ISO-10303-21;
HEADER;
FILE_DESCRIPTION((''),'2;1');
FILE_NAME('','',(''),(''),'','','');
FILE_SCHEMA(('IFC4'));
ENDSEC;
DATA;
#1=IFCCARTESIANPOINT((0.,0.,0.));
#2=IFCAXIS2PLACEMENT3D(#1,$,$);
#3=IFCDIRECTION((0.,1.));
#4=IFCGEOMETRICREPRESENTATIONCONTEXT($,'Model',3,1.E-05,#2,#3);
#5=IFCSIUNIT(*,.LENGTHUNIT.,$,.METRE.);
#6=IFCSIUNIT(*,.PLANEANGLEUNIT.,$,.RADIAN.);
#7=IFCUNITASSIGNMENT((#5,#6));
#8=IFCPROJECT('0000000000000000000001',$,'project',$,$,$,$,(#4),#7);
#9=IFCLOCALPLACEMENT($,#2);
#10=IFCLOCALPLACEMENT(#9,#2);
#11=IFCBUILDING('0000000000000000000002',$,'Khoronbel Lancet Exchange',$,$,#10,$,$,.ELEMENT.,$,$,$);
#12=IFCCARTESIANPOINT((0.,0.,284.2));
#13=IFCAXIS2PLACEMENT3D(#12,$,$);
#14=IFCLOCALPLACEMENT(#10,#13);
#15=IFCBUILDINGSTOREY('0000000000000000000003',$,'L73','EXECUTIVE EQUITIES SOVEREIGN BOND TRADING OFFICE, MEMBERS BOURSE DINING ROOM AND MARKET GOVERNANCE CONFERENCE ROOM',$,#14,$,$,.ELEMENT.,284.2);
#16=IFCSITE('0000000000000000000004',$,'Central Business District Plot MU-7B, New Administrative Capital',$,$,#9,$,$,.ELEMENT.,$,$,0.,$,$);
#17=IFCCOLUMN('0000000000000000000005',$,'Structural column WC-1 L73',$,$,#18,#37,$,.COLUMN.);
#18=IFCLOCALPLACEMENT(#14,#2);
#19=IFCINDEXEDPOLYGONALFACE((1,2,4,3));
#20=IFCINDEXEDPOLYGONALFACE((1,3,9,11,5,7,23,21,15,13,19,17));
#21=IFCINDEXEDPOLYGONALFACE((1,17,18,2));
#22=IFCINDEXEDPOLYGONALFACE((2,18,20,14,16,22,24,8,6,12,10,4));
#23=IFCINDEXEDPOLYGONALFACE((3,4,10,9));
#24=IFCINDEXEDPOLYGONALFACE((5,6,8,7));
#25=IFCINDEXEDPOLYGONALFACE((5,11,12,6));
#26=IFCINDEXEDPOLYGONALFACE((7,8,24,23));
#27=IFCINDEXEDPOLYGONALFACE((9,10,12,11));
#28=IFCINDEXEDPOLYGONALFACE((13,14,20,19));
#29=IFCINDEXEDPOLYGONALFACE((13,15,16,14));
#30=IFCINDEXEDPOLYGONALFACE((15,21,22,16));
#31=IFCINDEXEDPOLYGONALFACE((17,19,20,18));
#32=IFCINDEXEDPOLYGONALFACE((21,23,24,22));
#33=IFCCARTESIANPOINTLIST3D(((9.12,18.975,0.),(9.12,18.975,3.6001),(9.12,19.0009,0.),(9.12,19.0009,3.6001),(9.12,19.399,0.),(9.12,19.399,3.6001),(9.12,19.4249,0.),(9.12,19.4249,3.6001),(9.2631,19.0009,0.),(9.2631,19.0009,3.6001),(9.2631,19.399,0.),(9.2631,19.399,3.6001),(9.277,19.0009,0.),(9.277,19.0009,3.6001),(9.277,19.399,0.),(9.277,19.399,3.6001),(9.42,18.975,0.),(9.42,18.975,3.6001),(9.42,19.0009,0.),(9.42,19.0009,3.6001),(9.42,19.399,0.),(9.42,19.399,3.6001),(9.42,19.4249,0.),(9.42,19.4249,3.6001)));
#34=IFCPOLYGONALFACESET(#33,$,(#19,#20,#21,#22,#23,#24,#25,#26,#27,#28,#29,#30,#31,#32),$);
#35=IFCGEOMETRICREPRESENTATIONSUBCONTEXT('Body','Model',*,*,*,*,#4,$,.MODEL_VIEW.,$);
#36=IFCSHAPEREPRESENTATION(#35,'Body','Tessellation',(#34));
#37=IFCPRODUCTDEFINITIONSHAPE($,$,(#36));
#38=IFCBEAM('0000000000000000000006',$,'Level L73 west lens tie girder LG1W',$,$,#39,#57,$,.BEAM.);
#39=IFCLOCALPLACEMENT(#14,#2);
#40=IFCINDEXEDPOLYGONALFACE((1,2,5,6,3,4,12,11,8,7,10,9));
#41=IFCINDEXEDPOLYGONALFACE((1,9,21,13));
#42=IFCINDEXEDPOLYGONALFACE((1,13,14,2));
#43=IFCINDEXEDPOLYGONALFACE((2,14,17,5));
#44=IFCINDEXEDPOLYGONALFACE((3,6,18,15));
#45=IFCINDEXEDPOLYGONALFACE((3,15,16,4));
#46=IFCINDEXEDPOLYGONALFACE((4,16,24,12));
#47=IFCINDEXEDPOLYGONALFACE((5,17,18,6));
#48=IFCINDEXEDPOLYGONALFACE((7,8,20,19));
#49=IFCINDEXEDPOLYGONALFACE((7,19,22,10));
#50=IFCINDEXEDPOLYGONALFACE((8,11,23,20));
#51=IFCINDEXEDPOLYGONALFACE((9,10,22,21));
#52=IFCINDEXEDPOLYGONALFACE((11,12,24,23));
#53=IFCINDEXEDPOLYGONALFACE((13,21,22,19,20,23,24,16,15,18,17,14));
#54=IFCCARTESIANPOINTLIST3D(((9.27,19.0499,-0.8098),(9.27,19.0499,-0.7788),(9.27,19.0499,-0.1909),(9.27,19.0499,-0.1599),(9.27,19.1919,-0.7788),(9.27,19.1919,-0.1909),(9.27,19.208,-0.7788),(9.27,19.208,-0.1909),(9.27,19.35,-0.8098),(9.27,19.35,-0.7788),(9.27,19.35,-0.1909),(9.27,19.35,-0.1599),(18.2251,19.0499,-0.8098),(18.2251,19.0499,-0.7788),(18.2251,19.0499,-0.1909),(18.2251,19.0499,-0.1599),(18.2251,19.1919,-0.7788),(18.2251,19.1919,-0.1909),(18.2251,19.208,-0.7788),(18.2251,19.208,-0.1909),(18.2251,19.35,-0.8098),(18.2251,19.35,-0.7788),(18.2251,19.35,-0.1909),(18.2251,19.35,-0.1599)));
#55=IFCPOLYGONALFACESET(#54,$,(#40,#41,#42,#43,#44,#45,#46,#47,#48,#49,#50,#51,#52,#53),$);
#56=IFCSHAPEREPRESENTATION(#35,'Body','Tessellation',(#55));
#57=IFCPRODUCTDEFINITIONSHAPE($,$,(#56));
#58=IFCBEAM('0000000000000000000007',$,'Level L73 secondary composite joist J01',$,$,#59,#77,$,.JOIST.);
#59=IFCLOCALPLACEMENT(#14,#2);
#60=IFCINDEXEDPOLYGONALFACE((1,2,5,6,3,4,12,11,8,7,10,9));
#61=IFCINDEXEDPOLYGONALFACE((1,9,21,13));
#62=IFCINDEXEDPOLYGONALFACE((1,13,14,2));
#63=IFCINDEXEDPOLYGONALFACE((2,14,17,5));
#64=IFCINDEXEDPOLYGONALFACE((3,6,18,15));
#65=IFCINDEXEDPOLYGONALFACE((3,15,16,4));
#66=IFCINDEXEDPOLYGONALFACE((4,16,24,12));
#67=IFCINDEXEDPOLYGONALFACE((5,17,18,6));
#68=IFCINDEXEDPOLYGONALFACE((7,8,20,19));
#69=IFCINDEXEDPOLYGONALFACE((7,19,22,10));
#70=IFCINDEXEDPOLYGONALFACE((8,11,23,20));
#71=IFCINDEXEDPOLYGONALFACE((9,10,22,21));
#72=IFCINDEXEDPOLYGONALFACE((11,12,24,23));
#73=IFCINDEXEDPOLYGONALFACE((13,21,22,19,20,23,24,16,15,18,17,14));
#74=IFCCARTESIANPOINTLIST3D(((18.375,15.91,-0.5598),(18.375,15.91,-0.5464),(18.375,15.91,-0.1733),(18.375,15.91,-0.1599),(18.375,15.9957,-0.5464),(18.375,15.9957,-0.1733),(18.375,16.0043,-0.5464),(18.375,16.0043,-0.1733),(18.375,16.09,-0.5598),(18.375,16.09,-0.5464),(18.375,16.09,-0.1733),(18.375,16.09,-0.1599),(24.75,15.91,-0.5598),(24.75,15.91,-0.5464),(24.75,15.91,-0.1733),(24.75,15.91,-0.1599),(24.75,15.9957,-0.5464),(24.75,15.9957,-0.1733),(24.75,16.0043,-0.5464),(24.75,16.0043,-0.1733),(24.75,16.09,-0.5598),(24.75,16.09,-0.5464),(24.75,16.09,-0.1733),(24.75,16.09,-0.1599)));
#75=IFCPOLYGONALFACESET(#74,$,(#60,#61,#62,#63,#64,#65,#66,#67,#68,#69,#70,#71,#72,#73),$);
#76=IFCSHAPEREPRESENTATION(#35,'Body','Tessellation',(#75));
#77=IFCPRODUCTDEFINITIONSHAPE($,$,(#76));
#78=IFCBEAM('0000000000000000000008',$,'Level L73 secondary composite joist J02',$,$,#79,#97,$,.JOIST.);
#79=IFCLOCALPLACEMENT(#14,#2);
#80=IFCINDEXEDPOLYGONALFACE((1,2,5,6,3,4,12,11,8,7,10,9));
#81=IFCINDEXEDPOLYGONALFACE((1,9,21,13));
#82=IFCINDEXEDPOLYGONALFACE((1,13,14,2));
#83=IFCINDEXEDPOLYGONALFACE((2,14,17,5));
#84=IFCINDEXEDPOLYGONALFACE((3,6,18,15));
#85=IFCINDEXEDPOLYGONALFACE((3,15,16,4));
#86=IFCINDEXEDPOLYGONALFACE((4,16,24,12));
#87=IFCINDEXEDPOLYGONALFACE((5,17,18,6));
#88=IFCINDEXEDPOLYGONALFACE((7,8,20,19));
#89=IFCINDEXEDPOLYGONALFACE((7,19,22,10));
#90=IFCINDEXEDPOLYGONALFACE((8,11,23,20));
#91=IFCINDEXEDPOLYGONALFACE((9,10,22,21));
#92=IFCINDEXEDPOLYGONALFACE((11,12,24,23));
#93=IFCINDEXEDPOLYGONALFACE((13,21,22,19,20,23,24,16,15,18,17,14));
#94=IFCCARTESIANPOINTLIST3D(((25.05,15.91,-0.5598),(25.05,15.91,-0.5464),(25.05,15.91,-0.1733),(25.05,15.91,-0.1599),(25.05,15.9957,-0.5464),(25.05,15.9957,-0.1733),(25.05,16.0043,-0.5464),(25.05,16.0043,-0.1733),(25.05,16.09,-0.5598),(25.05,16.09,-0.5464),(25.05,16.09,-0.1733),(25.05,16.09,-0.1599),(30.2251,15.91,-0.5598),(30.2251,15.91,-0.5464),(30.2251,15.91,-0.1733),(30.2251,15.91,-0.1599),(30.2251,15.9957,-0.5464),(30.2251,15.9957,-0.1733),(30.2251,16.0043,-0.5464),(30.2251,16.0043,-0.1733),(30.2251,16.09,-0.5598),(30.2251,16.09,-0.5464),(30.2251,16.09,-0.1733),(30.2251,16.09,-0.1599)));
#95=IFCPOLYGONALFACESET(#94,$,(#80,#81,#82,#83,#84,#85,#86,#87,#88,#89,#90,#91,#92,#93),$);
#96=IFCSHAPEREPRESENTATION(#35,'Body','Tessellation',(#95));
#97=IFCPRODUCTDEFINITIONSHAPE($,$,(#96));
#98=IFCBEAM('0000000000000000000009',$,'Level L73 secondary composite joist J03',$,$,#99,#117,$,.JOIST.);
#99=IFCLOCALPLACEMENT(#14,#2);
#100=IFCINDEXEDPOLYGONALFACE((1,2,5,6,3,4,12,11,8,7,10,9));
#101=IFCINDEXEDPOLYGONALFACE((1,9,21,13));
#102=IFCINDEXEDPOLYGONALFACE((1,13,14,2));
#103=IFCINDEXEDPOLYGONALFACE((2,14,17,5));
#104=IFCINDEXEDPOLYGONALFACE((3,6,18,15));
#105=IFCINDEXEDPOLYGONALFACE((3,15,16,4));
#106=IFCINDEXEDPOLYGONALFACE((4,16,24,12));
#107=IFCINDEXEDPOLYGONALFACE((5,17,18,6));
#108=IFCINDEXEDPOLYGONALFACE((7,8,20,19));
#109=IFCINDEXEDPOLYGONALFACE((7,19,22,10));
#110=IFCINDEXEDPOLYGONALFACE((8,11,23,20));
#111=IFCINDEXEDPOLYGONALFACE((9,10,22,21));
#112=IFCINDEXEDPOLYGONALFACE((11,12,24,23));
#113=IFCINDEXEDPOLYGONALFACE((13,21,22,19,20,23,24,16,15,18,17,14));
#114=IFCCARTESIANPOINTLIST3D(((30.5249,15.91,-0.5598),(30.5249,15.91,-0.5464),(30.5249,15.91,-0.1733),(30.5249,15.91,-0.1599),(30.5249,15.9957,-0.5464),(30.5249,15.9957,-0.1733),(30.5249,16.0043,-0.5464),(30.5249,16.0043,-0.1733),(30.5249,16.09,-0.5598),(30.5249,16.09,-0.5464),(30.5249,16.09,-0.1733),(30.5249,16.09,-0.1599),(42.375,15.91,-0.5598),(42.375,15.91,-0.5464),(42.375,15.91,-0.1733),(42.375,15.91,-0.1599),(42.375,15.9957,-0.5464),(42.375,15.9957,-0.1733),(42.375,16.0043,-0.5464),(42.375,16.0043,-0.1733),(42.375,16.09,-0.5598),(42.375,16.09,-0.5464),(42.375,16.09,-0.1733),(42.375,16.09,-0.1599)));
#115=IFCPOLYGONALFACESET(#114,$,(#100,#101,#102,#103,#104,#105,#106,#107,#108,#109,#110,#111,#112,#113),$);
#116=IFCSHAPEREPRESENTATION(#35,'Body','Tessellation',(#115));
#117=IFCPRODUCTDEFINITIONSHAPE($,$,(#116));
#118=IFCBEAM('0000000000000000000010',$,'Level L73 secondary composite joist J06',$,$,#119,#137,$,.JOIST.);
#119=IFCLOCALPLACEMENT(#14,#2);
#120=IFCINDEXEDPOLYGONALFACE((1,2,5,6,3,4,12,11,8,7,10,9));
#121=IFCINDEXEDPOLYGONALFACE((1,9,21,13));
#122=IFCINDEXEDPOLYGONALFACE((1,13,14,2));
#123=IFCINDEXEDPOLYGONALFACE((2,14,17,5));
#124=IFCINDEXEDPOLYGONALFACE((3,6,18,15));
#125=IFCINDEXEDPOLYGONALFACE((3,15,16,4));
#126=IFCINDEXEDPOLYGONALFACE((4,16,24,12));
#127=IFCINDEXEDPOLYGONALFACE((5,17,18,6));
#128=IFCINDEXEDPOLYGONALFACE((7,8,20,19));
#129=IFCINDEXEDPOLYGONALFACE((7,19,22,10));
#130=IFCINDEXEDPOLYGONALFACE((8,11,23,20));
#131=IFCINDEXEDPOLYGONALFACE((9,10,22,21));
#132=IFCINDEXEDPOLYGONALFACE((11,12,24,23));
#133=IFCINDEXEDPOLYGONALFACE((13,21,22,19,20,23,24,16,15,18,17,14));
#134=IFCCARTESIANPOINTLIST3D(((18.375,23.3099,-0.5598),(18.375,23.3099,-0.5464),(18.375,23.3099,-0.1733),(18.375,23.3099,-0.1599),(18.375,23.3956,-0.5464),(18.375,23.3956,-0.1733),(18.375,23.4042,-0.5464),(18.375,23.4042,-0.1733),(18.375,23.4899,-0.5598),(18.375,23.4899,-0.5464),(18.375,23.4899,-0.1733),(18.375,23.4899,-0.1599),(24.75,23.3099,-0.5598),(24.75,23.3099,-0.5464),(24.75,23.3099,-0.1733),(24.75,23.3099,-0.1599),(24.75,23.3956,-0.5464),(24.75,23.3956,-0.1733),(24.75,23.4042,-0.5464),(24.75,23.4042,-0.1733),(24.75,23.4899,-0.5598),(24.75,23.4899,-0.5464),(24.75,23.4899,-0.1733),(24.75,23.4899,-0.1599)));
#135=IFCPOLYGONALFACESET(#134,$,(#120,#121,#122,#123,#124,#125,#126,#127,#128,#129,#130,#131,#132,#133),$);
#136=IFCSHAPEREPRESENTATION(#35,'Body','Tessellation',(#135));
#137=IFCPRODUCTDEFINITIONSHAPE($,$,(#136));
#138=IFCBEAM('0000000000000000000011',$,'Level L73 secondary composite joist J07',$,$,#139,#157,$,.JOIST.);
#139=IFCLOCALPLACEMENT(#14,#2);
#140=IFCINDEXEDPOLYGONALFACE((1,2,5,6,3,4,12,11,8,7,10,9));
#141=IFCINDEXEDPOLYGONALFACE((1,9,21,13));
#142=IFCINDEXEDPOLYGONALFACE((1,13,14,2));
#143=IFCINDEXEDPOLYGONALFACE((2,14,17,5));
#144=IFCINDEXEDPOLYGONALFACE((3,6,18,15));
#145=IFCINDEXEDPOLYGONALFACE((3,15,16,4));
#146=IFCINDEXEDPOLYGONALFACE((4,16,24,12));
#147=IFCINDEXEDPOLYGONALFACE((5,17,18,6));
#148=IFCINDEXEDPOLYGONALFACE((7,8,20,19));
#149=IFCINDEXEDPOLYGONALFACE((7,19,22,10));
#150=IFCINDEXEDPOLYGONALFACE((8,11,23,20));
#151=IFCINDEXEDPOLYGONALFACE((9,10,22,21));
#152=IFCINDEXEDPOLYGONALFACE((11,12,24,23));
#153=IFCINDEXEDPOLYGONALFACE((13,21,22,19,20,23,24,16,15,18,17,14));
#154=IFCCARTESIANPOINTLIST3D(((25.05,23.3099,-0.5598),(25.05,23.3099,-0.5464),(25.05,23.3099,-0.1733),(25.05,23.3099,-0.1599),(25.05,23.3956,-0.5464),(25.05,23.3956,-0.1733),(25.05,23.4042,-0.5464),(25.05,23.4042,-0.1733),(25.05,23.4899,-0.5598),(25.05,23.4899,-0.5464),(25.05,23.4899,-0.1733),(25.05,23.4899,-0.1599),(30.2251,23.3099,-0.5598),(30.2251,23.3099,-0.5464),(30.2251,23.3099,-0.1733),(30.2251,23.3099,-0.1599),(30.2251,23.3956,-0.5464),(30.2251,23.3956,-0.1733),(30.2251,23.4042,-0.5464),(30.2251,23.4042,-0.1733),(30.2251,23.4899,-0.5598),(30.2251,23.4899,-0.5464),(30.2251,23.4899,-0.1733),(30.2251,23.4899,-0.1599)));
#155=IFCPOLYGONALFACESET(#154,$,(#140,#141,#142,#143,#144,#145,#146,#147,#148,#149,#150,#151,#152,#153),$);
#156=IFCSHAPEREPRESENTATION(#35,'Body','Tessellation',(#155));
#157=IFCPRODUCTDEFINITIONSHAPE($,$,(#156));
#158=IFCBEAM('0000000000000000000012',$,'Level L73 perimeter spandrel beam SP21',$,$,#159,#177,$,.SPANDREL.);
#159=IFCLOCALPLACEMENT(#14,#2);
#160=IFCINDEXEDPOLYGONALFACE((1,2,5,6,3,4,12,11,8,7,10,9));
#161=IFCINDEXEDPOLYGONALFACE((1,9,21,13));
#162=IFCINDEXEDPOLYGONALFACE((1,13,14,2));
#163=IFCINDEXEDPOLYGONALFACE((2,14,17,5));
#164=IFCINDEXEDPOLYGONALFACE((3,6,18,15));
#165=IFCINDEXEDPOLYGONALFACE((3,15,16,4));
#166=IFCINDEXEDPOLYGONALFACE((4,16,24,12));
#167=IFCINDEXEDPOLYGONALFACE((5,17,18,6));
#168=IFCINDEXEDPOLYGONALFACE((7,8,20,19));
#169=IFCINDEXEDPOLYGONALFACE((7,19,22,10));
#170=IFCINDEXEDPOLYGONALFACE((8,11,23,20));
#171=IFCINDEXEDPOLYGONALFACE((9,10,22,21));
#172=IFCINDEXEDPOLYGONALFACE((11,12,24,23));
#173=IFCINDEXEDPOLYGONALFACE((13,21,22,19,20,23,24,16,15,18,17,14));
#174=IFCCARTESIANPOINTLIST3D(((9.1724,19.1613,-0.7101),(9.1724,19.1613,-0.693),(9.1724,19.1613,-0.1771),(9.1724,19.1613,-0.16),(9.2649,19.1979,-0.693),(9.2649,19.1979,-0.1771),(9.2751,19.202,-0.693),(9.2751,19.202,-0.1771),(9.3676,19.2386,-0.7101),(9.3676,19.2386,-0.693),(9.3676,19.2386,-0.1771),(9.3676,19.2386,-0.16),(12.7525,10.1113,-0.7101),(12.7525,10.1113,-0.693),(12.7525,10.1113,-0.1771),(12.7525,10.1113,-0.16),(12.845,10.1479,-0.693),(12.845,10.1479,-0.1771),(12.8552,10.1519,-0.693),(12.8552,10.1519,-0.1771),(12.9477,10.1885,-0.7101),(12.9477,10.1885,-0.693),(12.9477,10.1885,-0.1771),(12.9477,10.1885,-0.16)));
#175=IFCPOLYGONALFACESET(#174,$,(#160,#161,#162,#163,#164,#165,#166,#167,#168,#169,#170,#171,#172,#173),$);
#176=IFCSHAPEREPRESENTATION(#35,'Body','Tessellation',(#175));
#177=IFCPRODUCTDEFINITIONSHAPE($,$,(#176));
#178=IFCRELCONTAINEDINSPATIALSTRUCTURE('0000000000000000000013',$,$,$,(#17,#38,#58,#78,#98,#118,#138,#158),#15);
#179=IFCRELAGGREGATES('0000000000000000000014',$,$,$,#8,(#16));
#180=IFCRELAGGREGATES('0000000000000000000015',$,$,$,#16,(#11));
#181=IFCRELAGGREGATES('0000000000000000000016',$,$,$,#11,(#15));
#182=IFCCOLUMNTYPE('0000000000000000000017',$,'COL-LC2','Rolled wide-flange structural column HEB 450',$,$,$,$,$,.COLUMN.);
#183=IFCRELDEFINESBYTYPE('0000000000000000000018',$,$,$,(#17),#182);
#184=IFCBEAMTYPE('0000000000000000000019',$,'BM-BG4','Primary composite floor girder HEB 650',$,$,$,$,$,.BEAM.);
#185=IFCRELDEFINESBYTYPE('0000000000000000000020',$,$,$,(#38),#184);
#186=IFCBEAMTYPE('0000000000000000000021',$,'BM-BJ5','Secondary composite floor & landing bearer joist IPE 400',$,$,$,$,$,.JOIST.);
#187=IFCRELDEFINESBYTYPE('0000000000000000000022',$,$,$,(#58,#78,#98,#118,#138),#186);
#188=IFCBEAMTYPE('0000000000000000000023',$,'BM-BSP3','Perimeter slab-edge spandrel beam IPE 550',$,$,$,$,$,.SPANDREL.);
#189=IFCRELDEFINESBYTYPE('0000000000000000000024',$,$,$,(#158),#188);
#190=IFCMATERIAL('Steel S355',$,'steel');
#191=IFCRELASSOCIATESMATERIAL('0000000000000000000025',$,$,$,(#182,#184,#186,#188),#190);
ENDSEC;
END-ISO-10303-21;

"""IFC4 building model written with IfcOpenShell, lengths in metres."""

from ifc_helpers import new_model, si_unit, direction, frame, origin, origin_2d, place, context, subcontext, project, spatial, i_section, extrude, material, material_profile, profile_set, type_object, element, save


model = new_model("IFC4")

# Units and contexts
model_context = context("Model", 3, precision=1e-05, world=origin(), true_north=direction((0.0, 1.0)))
body_context = subcontext(model_context, "Body", "Model", "MODEL_VIEW")
ifc_project = project(units=[si_unit("LENGTHUNIT", "METRE"), si_unit("PLANEANGLEUNIT", "RADIAN")], contexts=[model_context])

# Site, building, storey
site_placement = place(None, origin())
site = spatial("IfcSite", under=ifc_project, at=site_placement, Name="Central Business District Plot MU-7B, New Administrative Capital", CompositionType="ELEMENT", RefElevation=0.0)
building_placement = place(site_placement, origin())
building = spatial("IfcBuilding", under=site, at=building_placement, Name="Khoronbel Lancet Exchange", CompositionType="ELEMENT")
storey_placement = place(building_placement, frame((0.0, 0.0, 284.2)))
storey = spatial("IfcBuildingStorey", under=building, at=storey_placement, Name="L73", Description="EXECUTIVE EQUITIES SOVEREIGN BOND TRADING OFFICE, MEMBERS BOURSE DINING ROOM AND MARKET GOVERNANCE CONFERENCE ROOM", CompositionType="ELEMENT", Elevation=284.2)

# Column
ifc_material_1 = material(Name="Steel S355", Category="steel")
ifc_material_profile_1 = material_profile(ifc_material_1, i_section(OverallWidth=0.3, OverallDepth=0.45, WebThickness=0.0139, FlangeThickness=0.0259, at=origin_2d()), Name="HEB 450")
ifc_profile_set_1 = profile_set([ifc_material_profile_1], Name="Steel S355")
column_type = type_object("IfcColumnType", Name="COL-LC2", Description="Rolled wide-flange structural column HEB 450", PredefinedType="COLUMN", material=ifc_profile_set_1)
column_placement = place(storey_placement, frame((9.27, 19.2, 0.0), z_axis=(0.0, 0.0, 1.0), x_axis=(1.0, 0.0, 0.0)))
element("IfcColumn", 1, at=column_placement, inside=storey, type_object=column_type, Name="Structural column WC-1 L73", PredefinedType="COLUMN", context=body_context, shape_type="SweptSolid", body=[
    extrude(i_section(OverallWidth=0.3, OverallDepth=0.45, WebThickness=0.0139, FlangeThickness=0.0259, at=origin_2d()), origin(), (0.0, 0.0, 1.0), 3.6001),
])

# Beams
ifc_material_profile_2 = material_profile(ifc_material_1, i_section(OverallWidth=0.3, OverallDepth=0.6499, WebThickness=0.0161, FlangeThickness=0.031, at=origin_2d()), Name="HEB 650")
ifc_profile_set_2 = profile_set([ifc_material_profile_2], Name="Steel S355")
beam_type_1 = type_object("IfcBeamType", Name="BM-BG4", Description="Primary composite floor girder HEB 650", PredefinedType="BEAM", material=ifc_profile_set_2)
beam_1_placement = place(storey_placement, frame((9.27, 19.2, -0.4849), z_axis=(1.0, 0.0, 0.0), x_axis=(0.0, 1.0, 0.0)))
element("IfcBeam", 2, at=beam_1_placement, inside=storey, type_object=beam_type_1, Name="Level L73 west lens tie girder LG1W", PredefinedType="BEAM", context=body_context, shape_type="SweptSolid", body=[
    extrude(i_section(OverallWidth=0.3, OverallDepth=0.6499, WebThickness=0.0161, FlangeThickness=0.031, at=origin_2d()), origin(), (0.0, 0.0, 1.0), 8.9551),
])
ifc_material_profile_3 = material_profile(ifc_material_1, i_section(OverallWidth=0.1799, OverallDepth=0.3999, WebThickness=0.0085, FlangeThickness=0.0134, at=origin_2d()), Name="IPE 400")
ifc_profile_set_3 = profile_set([ifc_material_profile_3], Name="Steel S355")
beam_type_2 = type_object("IfcBeamType", Name="BM-BJ5", Description="Secondary composite floor & landing bearer joist IPE 400", PredefinedType="JOIST", material=ifc_profile_set_3)
beam_2_placement = place(storey_placement, frame((18.375, 16.0, -0.3599), z_axis=(1.0, 0.0, 0.0), x_axis=(0.0, 1.0, 0.0)))
element("IfcBeam", 3, at=beam_2_placement, inside=storey, type_object=beam_type_2, Name="Level L73 secondary composite joist J01", PredefinedType="JOIST", context=body_context, shape_type="SweptSolid", body=[
    extrude(i_section(OverallWidth=0.1799, OverallDepth=0.3999, WebThickness=0.0085, FlangeThickness=0.0134, at=origin_2d()), origin(), (0.0, 0.0, 1.0), 6.375),
])
beam_3_placement = place(storey_placement, frame((25.05, 16.0, -0.3599), z_axis=(1.0, 0.0, 0.0), x_axis=(0.0, 1.0, 0.0)))
element("IfcBeam", 4, at=beam_3_placement, inside=storey, type_object=beam_type_2, Name="Level L73 secondary composite joist J02", PredefinedType="JOIST", context=body_context, shape_type="SweptSolid", body=[
    extrude(i_section(OverallWidth=0.1799, OverallDepth=0.3999, WebThickness=0.0085, FlangeThickness=0.0134, at=origin_2d()), origin(), (0.0, 0.0, 1.0), 5.175),
])
beam_4_placement = place(storey_placement, frame((30.5249, 16.0, -0.3599), z_axis=(1.0, 0.0, 0.0), x_axis=(0.0, 1.0, 0.0)))
element("IfcBeam", 5, at=beam_4_placement, inside=storey, type_object=beam_type_2, Name="Level L73 secondary composite joist J03", PredefinedType="JOIST", context=body_context, shape_type="SweptSolid", body=[
    extrude(i_section(OverallWidth=0.1799, OverallDepth=0.3999, WebThickness=0.0085, FlangeThickness=0.0134, at=origin_2d()), origin(), (0.0, 0.0, 1.0), 11.8501),
])
beam_5_placement = place(storey_placement, frame((18.375, 23.3999, -0.3599), z_axis=(1.0, 0.0, 0.0), x_axis=(0.0, 1.0, 0.0)))
element("IfcBeam", 6, at=beam_5_placement, inside=storey, type_object=beam_type_2, Name="Level L73 secondary composite joist J06", PredefinedType="JOIST", context=body_context, shape_type="SweptSolid", body=[
    extrude(i_section(OverallWidth=0.1799, OverallDepth=0.3999, WebThickness=0.0085, FlangeThickness=0.0134, at=origin_2d()), origin(), (0.0, 0.0, 1.0), 6.375),
])
beam_6_placement = place(storey_placement, frame((25.05, 23.3999, -0.3599), z_axis=(1.0, 0.0, 0.0), x_axis=(0.0, 1.0, 0.0)))
element("IfcBeam", 7, at=beam_6_placement, inside=storey, type_object=beam_type_2, Name="Level L73 secondary composite joist J07", PredefinedType="JOIST", context=body_context, shape_type="SweptSolid", body=[
    extrude(i_section(OverallWidth=0.1799, OverallDepth=0.3999, WebThickness=0.0085, FlangeThickness=0.0134, at=origin_2d()), origin(), (0.0, 0.0, 1.0), 5.175),
])
ifc_material_profile_4 = material_profile(ifc_material_1, i_section(OverallWidth=0.21, OverallDepth=0.55, WebThickness=0.011, FlangeThickness=0.0171, at=origin_2d()), Name="IPE 550")
ifc_profile_set_4 = profile_set([ifc_material_profile_4], Name="Steel S355")
beam_type_3 = type_object("IfcBeamType", Name="BM-BSP3", Description="Perimeter slab-edge spandrel beam IPE 550", PredefinedType="SPANDREL", material=ifc_profile_set_4)
beam_7_placement = place(storey_placement, frame((9.27, 19.2, -0.4351), z_axis=(0.36785, -0.929885, 0.0), x_axis=(0.929885, 0.36785, 0.0)))
element("IfcBeam", 8, at=beam_7_placement, inside=storey, type_object=beam_type_3, Name="Level L73 perimeter spandrel beam SP21", PredefinedType="SPANDREL", context=body_context, shape_type="SweptSolid", body=[
    extrude(i_section(OverallWidth=0.21, OverallDepth=0.55, WebThickness=0.011, FlangeThickness=0.0171, at=origin_2d()), origin(), (0.0, 0.0, 1.0), 9.7324),
])

save(model, "model.ifc")
